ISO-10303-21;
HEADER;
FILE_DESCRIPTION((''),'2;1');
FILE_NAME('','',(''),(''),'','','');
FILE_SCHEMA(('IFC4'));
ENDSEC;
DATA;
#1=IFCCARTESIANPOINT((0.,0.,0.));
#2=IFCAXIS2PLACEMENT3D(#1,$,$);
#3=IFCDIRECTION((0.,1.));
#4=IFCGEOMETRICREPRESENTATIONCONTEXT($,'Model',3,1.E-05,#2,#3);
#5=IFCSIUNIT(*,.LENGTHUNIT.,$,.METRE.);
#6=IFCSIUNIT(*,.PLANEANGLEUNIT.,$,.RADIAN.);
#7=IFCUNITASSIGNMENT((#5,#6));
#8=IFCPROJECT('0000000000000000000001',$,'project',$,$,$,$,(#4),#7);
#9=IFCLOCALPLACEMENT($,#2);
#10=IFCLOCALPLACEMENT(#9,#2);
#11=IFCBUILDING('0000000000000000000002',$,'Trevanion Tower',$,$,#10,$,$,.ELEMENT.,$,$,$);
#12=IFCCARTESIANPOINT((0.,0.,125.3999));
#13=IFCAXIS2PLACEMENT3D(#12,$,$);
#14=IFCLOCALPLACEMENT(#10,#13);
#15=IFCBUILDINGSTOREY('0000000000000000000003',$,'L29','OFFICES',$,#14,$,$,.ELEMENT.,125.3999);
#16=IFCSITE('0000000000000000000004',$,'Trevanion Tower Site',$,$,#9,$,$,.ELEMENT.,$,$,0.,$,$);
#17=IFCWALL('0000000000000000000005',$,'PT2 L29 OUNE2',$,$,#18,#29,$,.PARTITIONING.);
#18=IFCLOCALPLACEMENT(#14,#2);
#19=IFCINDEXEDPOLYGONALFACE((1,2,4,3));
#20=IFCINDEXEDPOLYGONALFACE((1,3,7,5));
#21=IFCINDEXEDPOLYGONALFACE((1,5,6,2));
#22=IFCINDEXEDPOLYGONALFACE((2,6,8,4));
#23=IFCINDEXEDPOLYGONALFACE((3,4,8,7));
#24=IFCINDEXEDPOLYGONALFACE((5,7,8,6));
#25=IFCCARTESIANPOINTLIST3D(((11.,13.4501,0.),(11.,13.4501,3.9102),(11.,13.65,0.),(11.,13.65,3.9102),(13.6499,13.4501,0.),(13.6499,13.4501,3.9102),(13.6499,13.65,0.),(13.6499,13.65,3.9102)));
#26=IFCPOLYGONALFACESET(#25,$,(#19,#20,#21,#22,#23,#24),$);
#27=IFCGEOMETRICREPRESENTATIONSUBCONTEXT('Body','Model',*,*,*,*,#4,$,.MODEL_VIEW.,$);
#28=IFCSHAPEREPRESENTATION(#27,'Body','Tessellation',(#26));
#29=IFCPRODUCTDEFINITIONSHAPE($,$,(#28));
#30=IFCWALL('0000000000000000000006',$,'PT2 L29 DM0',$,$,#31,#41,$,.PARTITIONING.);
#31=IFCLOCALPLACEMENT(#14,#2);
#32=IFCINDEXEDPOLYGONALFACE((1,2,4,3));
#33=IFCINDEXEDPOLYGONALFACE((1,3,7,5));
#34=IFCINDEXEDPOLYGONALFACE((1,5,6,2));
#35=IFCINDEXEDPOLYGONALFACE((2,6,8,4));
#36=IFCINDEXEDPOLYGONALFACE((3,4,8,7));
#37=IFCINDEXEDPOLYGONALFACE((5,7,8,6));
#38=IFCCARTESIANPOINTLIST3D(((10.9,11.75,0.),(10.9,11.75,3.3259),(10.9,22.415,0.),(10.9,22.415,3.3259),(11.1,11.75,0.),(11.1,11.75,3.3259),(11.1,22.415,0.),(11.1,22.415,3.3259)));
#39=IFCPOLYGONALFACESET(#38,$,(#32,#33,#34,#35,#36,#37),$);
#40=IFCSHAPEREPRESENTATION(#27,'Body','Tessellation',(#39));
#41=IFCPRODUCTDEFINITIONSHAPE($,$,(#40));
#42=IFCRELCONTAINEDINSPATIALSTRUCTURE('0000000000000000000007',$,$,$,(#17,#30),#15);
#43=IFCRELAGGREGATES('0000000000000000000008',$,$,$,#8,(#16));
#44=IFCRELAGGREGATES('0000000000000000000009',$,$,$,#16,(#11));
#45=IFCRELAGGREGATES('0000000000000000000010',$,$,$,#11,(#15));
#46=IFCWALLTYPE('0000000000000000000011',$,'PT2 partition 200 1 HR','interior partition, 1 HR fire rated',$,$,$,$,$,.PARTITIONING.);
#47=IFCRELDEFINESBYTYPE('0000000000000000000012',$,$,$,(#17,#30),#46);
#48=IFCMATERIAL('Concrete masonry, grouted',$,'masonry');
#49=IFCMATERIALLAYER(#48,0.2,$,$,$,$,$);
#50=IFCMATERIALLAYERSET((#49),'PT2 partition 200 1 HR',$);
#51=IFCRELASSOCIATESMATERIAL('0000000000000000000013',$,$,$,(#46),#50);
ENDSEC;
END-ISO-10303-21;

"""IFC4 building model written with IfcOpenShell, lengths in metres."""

from ifc_helpers import new_model, si_unit, direction, frame, frame_2d, origin, place, context, subcontext, project, spatial, rectangle, extrude, material, layer, layer_set, type_object, element, save


model = new_model("IFC4")

# Units and contexts
model_context = context("Model", 3, precision=1e-05, world=origin(), true_north=direction((0.0, 1.0)))
body_context = subcontext(model_context, "Body", "Model", "MODEL_VIEW")
ifc_project = project(units=[si_unit("LENGTHUNIT", "METRE"), si_unit("PLANEANGLEUNIT", "RADIAN")], contexts=[model_context])

# Site, building, storey
site_placement = place(None, origin())
site = spatial("IfcSite", under=ifc_project, at=site_placement, Name="Trevanion Tower Site", CompositionType="ELEMENT", RefElevation=0.0)
building_placement = place(site_placement, origin())
building = spatial("IfcBuilding", under=site, at=building_placement, Name="Trevanion Tower", CompositionType="ELEMENT")
storey_placement = place(building_placement, frame((0.0, 0.0, 125.3999)))
storey = spatial("IfcBuildingStorey", under=building, at=storey_placement, Name="L29", Description="OFFICES", CompositionType="ELEMENT", Elevation=125.3999)

# Walls
ifc_material_1 = material(Name="Concrete masonry, grouted", Category="masonry")
ifc_layer_1 = layer(ifc_material_1, 0.2)
ifc_layer_set_1 = layer_set([ifc_layer_1], Name="PT2 partition 200 1 HR")
wall_type_1 = type_object("IfcWallType", Name="PT2 partition 200 1 HR", Description="interior partition, 1 HR fire rated", PredefinedType="PARTITIONING", material=ifc_layer_set_1)
wall_1_placement = place(storey_placement, frame((11.0, 13.55, 0.0), z_axis=(0.0, 0.0, 1.0), x_axis=(1.0, 0.0, 0.0)))
element("IfcWall", 1, at=wall_1_placement, inside=storey, type_object=wall_type_1, Name="PT2 L29 OUNE2", PredefinedType="PARTITIONING", context=body_context, shape_type="SweptSolid", body=[
    extrude(rectangle(XDim=2.6499, YDim=0.2, at=frame_2d((1.325, 0.0))), origin(), (0.0, 0.0, 1.0), 3.9102),
])
wall_2_placement = place(storey_placement, frame((11.0, 11.75, 0.0), z_axis=(0.0, 0.0, 1.0), x_axis=(0.0, 1.0, 0.0)))
element("IfcWall", 2, at=wall_2_placement, inside=storey, type_object=wall_type_1, Name="PT2 L29 DM0", PredefinedType="PARTITIONING", context=body_context, shape_type="SweptSolid", body=[
    extrude(rectangle(XDim=10.665, YDim=0.2, at=frame_2d((5.3325, 0.0))), origin(), (0.0, 0.0, 1.0), 3.3259),
])

save(model, "model.ifc")
